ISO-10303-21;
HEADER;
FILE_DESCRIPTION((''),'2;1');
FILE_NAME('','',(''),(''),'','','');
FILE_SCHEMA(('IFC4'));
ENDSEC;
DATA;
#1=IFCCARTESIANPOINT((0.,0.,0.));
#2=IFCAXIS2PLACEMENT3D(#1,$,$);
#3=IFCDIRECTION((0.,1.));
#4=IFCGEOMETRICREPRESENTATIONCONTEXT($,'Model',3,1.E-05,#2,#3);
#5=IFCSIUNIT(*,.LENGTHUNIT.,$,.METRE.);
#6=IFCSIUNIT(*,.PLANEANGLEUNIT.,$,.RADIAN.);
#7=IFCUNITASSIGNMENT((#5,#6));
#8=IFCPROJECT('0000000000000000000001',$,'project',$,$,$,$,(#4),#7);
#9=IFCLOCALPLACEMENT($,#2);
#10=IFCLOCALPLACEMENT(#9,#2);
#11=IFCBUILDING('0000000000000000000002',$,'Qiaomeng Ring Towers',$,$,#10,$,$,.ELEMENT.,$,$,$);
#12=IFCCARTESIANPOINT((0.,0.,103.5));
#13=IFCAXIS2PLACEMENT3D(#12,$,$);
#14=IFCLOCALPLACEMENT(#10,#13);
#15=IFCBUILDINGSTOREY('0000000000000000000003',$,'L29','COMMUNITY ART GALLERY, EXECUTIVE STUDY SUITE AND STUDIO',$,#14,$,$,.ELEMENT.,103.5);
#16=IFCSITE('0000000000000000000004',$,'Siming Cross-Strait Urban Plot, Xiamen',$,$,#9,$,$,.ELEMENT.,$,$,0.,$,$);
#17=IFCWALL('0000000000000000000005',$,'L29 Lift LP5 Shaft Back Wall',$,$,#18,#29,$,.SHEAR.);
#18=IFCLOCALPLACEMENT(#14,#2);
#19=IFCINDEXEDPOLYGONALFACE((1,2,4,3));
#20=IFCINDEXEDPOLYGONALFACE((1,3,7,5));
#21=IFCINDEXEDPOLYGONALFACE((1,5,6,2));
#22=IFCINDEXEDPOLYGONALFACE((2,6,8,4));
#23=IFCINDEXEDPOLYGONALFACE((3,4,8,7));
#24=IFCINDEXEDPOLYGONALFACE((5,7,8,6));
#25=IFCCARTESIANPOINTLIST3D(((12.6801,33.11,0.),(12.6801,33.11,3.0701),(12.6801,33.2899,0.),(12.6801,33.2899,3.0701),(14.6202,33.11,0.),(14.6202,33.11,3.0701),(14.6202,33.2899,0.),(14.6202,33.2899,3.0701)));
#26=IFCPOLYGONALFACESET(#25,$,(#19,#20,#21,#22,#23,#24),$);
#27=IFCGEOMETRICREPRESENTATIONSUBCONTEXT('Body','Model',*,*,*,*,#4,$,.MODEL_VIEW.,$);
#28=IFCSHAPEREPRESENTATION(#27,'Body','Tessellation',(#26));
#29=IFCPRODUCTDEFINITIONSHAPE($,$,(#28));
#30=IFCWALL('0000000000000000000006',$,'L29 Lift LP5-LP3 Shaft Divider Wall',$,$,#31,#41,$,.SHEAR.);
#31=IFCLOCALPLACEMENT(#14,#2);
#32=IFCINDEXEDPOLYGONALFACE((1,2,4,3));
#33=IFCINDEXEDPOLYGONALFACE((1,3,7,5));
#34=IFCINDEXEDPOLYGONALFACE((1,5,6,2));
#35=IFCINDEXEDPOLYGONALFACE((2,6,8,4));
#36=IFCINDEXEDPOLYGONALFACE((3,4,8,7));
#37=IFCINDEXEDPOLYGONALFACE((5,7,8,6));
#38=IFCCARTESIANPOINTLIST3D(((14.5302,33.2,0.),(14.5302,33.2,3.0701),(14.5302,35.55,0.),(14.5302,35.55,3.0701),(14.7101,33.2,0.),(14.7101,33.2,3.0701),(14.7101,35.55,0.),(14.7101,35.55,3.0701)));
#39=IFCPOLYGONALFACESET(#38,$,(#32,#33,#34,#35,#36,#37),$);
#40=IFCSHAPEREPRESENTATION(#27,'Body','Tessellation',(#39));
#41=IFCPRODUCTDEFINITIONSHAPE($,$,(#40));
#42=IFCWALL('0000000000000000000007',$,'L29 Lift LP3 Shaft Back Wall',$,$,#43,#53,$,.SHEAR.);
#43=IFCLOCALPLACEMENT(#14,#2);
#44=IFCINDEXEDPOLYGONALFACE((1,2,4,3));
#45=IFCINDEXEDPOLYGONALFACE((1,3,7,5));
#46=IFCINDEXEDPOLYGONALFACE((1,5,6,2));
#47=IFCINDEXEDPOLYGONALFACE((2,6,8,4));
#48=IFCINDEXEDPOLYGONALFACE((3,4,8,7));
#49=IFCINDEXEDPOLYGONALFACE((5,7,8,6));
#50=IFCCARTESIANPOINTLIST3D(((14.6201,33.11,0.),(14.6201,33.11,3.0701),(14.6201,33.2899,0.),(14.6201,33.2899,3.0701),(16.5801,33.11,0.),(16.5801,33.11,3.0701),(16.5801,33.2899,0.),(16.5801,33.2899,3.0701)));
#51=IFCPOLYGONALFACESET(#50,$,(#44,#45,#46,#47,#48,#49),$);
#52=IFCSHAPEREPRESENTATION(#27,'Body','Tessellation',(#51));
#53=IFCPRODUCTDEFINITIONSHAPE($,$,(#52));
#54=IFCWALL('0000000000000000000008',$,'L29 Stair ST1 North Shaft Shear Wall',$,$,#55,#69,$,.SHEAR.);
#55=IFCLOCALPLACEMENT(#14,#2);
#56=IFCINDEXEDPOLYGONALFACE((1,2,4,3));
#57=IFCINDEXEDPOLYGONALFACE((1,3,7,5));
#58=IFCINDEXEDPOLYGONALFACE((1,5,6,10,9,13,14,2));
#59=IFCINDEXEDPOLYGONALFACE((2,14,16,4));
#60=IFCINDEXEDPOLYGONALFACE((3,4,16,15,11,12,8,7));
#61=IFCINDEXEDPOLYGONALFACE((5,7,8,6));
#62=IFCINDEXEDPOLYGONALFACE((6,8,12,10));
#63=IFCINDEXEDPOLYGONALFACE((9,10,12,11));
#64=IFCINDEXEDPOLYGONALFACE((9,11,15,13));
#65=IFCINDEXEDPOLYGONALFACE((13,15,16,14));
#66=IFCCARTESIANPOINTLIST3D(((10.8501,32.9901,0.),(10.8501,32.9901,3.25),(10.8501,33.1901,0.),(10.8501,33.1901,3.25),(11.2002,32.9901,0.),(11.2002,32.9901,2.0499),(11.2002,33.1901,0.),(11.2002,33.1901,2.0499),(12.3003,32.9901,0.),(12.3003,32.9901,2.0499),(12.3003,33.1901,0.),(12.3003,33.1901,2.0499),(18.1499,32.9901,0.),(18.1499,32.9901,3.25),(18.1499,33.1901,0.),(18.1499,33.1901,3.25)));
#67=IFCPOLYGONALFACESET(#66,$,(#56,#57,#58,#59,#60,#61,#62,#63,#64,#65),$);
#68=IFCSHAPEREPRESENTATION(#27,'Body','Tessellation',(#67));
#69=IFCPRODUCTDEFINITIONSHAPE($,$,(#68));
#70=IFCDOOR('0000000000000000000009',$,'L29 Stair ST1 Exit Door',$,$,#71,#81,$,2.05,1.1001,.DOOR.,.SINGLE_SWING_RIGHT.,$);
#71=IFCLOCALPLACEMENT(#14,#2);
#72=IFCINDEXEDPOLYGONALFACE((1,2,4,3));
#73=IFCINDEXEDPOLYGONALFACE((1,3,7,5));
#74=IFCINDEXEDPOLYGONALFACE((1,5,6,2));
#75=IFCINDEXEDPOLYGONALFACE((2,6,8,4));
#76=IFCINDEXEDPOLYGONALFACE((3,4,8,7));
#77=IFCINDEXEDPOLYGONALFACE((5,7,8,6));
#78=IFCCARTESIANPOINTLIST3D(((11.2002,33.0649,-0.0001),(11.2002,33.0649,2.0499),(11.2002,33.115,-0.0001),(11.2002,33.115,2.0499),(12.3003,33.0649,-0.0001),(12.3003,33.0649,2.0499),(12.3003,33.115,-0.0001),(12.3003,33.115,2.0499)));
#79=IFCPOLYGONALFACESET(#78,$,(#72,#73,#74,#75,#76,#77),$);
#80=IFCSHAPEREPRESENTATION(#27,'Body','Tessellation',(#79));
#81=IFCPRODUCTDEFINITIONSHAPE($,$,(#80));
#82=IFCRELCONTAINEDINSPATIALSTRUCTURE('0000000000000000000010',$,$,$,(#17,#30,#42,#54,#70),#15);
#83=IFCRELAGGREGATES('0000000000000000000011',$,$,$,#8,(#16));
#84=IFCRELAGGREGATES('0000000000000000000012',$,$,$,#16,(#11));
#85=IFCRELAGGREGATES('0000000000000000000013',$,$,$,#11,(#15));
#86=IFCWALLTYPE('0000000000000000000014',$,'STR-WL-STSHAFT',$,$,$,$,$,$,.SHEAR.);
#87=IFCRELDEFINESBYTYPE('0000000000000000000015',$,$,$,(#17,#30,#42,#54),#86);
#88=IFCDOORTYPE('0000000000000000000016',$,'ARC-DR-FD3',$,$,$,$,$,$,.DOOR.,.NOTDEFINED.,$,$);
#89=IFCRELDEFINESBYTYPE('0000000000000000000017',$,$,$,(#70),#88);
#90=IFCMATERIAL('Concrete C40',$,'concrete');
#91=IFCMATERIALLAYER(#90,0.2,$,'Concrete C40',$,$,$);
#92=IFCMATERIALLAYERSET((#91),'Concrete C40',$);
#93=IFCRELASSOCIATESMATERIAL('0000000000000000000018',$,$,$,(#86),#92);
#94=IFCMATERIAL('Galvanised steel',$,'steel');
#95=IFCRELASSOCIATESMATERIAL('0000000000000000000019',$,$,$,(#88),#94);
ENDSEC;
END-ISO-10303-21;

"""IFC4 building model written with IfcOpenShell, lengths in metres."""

from ifc_helpers import new_model, si_unit, direction, frame, frame_2d, origin, place, context, subcontext, project, spatial, rectangle, extrude, source, transform, mapped, material, layer, layer_set, type_object, element, fill, save


model = new_model("IFC4")

# Units and contexts
model_context = context("Model", 3, precision=1e-05, world=origin(), true_north=direction((0.0, 1.0)))
body_context = subcontext(model_context, "Body", "Model", "MODEL_VIEW")
ifc_project = project(units=[si_unit("LENGTHUNIT", "METRE"), si_unit("PLANEANGLEUNIT", "RADIAN")], contexts=[model_context])

# Site, building, storey
site_placement = place(None, origin())
site = spatial("IfcSite", under=ifc_project, at=site_placement, Name="Siming Cross-Strait Urban Plot, Xiamen", CompositionType="ELEMENT", RefElevation=0.0)
building_placement = place(site_placement, origin())
building = spatial("IfcBuilding", under=site, at=building_placement, Name="Qiaomeng Ring Towers", CompositionType="ELEMENT")
storey_placement = place(building_placement, frame((0.0, 0.0, 103.5)))
storey = spatial("IfcBuildingStorey", under=building, at=storey_placement, Name="L29", Description="COMMUNITY ART GALLERY, EXECUTIVE STUDY SUITE AND STUDIO", CompositionType="ELEMENT", Elevation=103.5)

# Walls
ifc_material_1 = material(Name="Concrete C40", Category="concrete")
ifc_layer_1 = layer(ifc_material_1, 0.2, Name="Concrete C40")
ifc_layer_set_1 = layer_set([ifc_layer_1], Name="Concrete C40")
wall_type_1 = type_object("IfcWallType", Name="STR-WL-STSHAFT", PredefinedType="SHEAR", material=ifc_layer_set_1)
wall_1_placement = place(storey_placement, frame((12.6799, 33.2, 0.0), z_axis=(0.0, 0.0, 1.0), x_axis=(1.0, 0.0, 0.0)))
element("IfcWall", 1, at=wall_1_placement, inside=storey, type_object=wall_type_1, Name="L29 Lift LP5 Shaft Back Wall", PredefinedType="SHEAR", context=body_context, shape_type="SweptSolid", body=[
    extrude(rectangle(XDim=1.9402, YDim=0.1799, at=frame_2d((0.9702, 0.0))), origin(), (0.0, 0.0, 1.0), 3.0701),
])
wall_2_placement = place(storey_placement, frame((14.6201, 33.2, 0.0), z_axis=(0.0, 0.0, 1.0), x_axis=(0.0, 1.0, 0.0)))
element("IfcWall", 2, at=wall_2_placement, inside=storey, type_object=wall_type_1, Name="L29 Lift LP5-LP3 Shaft Divider Wall", PredefinedType="SHEAR", context=body_context, shape_type="SweptSolid", body=[
    extrude(rectangle(XDim=2.3501, YDim=0.1799, at=frame_2d((1.175, 0.0))), origin(), (0.0, 0.0, 1.0), 3.0701),
])
wall_3_placement = place(storey_placement, frame((14.6201, 33.2, 0.0), z_axis=(0.0, 0.0, 1.0), x_axis=(1.0, 0.0, 0.0)))
element("IfcWall", 3, at=wall_3_placement, inside=storey, type_object=wall_type_1, Name="L29 Lift LP3 Shaft Back Wall", PredefinedType="SHEAR", context=body_context, shape_type="SweptSolid", body=[
    extrude(rectangle(XDim=1.96, YDim=0.1799, at=frame_2d((0.98, 0.0))), origin(), (0.0, 0.0, 1.0), 3.0701),
])

# Wall, opening, door
wall_4_placement = place(storey_placement, frame((10.8501, 33.0901, 0.0), z_axis=(0.0, 0.0, 1.0), x_axis=(1.0, 0.0, 0.0)))
wall_4 = element("IfcWall", 4, at=wall_4_placement, inside=storey, type_object=wall_type_1, Name="L29 Stair ST1 North Shaft Shear Wall", PredefinedType="SHEAR", context=body_context, shape_type="SweptSolid", body=[
    extrude(rectangle(XDim=7.2998, YDim=0.2, at=frame_2d((3.6499, 0.0))), origin(), (0.0, 0.0, 1.0), 3.25),
])
opening_1_placement = place(wall_4_placement, frame((0.3501, 0.0, 0.0)))
opening_1 = element("IfcOpeningElement", 5, at=opening_1_placement, cuts=wall_4, PredefinedType="OPENING", context=body_context, shape_type="SweptSolid", body=[
    extrude(rectangle(XDim=1.1001, YDim=2.05, at=frame_2d((0.55, 1.0249))), frame((0.0, 0.1099, 0.0), z_axis=(0.0, -1.0, 0.0), x_axis=(1.0, 0.0, 0.0)), (0.0, 0.0, 1.0), 0.22),
])
ifc_material_2 = material(Name="Galvanised steel", Category="steel")
door_type_1 = type_object("IfcDoorType", Name="ARC-DR-FD3", OperationType="NOTDEFINED", PredefinedType="DOOR", material=ifc_material_2)
shared_shape_1 = source(origin(), body_context, "Body", "SweptSolid", [
    extrude(rectangle(XDim=1.1001, YDim=2.05, at=frame_2d((0.55, 1.0249))), frame((0.0, 0.0249, 0.0), z_axis=(0.0, -1.0, 0.0), x_axis=(1.0, 0.0, 0.0)), (0.0, 0.0, 1.0), 0.05),
])
door_1_placement = place(opening_1_placement, origin())
door_1 = element("IfcDoor", 6, at=door_1_placement, inside=storey, type_object=door_type_1, Name="L29 Stair ST1 Exit Door", OperationType="SINGLE_SWING_RIGHT", OverallHeight=2.05, OverallWidth=1.1001, PredefinedType="DOOR", context=body_context, shape_type="MappedRepresentation", body=[
    mapped(shared_shape_1, transform((0.0, 0.0, 0.0), x_axis=(1.0, 0.0, 0.0), y_axis=(0.0, 1.0, 0.0), z_axis=(0.0, 0.0, 1.0), scale=1.0)),
])
fill(opening_1, door_1)

save(model, "model.ifc")
